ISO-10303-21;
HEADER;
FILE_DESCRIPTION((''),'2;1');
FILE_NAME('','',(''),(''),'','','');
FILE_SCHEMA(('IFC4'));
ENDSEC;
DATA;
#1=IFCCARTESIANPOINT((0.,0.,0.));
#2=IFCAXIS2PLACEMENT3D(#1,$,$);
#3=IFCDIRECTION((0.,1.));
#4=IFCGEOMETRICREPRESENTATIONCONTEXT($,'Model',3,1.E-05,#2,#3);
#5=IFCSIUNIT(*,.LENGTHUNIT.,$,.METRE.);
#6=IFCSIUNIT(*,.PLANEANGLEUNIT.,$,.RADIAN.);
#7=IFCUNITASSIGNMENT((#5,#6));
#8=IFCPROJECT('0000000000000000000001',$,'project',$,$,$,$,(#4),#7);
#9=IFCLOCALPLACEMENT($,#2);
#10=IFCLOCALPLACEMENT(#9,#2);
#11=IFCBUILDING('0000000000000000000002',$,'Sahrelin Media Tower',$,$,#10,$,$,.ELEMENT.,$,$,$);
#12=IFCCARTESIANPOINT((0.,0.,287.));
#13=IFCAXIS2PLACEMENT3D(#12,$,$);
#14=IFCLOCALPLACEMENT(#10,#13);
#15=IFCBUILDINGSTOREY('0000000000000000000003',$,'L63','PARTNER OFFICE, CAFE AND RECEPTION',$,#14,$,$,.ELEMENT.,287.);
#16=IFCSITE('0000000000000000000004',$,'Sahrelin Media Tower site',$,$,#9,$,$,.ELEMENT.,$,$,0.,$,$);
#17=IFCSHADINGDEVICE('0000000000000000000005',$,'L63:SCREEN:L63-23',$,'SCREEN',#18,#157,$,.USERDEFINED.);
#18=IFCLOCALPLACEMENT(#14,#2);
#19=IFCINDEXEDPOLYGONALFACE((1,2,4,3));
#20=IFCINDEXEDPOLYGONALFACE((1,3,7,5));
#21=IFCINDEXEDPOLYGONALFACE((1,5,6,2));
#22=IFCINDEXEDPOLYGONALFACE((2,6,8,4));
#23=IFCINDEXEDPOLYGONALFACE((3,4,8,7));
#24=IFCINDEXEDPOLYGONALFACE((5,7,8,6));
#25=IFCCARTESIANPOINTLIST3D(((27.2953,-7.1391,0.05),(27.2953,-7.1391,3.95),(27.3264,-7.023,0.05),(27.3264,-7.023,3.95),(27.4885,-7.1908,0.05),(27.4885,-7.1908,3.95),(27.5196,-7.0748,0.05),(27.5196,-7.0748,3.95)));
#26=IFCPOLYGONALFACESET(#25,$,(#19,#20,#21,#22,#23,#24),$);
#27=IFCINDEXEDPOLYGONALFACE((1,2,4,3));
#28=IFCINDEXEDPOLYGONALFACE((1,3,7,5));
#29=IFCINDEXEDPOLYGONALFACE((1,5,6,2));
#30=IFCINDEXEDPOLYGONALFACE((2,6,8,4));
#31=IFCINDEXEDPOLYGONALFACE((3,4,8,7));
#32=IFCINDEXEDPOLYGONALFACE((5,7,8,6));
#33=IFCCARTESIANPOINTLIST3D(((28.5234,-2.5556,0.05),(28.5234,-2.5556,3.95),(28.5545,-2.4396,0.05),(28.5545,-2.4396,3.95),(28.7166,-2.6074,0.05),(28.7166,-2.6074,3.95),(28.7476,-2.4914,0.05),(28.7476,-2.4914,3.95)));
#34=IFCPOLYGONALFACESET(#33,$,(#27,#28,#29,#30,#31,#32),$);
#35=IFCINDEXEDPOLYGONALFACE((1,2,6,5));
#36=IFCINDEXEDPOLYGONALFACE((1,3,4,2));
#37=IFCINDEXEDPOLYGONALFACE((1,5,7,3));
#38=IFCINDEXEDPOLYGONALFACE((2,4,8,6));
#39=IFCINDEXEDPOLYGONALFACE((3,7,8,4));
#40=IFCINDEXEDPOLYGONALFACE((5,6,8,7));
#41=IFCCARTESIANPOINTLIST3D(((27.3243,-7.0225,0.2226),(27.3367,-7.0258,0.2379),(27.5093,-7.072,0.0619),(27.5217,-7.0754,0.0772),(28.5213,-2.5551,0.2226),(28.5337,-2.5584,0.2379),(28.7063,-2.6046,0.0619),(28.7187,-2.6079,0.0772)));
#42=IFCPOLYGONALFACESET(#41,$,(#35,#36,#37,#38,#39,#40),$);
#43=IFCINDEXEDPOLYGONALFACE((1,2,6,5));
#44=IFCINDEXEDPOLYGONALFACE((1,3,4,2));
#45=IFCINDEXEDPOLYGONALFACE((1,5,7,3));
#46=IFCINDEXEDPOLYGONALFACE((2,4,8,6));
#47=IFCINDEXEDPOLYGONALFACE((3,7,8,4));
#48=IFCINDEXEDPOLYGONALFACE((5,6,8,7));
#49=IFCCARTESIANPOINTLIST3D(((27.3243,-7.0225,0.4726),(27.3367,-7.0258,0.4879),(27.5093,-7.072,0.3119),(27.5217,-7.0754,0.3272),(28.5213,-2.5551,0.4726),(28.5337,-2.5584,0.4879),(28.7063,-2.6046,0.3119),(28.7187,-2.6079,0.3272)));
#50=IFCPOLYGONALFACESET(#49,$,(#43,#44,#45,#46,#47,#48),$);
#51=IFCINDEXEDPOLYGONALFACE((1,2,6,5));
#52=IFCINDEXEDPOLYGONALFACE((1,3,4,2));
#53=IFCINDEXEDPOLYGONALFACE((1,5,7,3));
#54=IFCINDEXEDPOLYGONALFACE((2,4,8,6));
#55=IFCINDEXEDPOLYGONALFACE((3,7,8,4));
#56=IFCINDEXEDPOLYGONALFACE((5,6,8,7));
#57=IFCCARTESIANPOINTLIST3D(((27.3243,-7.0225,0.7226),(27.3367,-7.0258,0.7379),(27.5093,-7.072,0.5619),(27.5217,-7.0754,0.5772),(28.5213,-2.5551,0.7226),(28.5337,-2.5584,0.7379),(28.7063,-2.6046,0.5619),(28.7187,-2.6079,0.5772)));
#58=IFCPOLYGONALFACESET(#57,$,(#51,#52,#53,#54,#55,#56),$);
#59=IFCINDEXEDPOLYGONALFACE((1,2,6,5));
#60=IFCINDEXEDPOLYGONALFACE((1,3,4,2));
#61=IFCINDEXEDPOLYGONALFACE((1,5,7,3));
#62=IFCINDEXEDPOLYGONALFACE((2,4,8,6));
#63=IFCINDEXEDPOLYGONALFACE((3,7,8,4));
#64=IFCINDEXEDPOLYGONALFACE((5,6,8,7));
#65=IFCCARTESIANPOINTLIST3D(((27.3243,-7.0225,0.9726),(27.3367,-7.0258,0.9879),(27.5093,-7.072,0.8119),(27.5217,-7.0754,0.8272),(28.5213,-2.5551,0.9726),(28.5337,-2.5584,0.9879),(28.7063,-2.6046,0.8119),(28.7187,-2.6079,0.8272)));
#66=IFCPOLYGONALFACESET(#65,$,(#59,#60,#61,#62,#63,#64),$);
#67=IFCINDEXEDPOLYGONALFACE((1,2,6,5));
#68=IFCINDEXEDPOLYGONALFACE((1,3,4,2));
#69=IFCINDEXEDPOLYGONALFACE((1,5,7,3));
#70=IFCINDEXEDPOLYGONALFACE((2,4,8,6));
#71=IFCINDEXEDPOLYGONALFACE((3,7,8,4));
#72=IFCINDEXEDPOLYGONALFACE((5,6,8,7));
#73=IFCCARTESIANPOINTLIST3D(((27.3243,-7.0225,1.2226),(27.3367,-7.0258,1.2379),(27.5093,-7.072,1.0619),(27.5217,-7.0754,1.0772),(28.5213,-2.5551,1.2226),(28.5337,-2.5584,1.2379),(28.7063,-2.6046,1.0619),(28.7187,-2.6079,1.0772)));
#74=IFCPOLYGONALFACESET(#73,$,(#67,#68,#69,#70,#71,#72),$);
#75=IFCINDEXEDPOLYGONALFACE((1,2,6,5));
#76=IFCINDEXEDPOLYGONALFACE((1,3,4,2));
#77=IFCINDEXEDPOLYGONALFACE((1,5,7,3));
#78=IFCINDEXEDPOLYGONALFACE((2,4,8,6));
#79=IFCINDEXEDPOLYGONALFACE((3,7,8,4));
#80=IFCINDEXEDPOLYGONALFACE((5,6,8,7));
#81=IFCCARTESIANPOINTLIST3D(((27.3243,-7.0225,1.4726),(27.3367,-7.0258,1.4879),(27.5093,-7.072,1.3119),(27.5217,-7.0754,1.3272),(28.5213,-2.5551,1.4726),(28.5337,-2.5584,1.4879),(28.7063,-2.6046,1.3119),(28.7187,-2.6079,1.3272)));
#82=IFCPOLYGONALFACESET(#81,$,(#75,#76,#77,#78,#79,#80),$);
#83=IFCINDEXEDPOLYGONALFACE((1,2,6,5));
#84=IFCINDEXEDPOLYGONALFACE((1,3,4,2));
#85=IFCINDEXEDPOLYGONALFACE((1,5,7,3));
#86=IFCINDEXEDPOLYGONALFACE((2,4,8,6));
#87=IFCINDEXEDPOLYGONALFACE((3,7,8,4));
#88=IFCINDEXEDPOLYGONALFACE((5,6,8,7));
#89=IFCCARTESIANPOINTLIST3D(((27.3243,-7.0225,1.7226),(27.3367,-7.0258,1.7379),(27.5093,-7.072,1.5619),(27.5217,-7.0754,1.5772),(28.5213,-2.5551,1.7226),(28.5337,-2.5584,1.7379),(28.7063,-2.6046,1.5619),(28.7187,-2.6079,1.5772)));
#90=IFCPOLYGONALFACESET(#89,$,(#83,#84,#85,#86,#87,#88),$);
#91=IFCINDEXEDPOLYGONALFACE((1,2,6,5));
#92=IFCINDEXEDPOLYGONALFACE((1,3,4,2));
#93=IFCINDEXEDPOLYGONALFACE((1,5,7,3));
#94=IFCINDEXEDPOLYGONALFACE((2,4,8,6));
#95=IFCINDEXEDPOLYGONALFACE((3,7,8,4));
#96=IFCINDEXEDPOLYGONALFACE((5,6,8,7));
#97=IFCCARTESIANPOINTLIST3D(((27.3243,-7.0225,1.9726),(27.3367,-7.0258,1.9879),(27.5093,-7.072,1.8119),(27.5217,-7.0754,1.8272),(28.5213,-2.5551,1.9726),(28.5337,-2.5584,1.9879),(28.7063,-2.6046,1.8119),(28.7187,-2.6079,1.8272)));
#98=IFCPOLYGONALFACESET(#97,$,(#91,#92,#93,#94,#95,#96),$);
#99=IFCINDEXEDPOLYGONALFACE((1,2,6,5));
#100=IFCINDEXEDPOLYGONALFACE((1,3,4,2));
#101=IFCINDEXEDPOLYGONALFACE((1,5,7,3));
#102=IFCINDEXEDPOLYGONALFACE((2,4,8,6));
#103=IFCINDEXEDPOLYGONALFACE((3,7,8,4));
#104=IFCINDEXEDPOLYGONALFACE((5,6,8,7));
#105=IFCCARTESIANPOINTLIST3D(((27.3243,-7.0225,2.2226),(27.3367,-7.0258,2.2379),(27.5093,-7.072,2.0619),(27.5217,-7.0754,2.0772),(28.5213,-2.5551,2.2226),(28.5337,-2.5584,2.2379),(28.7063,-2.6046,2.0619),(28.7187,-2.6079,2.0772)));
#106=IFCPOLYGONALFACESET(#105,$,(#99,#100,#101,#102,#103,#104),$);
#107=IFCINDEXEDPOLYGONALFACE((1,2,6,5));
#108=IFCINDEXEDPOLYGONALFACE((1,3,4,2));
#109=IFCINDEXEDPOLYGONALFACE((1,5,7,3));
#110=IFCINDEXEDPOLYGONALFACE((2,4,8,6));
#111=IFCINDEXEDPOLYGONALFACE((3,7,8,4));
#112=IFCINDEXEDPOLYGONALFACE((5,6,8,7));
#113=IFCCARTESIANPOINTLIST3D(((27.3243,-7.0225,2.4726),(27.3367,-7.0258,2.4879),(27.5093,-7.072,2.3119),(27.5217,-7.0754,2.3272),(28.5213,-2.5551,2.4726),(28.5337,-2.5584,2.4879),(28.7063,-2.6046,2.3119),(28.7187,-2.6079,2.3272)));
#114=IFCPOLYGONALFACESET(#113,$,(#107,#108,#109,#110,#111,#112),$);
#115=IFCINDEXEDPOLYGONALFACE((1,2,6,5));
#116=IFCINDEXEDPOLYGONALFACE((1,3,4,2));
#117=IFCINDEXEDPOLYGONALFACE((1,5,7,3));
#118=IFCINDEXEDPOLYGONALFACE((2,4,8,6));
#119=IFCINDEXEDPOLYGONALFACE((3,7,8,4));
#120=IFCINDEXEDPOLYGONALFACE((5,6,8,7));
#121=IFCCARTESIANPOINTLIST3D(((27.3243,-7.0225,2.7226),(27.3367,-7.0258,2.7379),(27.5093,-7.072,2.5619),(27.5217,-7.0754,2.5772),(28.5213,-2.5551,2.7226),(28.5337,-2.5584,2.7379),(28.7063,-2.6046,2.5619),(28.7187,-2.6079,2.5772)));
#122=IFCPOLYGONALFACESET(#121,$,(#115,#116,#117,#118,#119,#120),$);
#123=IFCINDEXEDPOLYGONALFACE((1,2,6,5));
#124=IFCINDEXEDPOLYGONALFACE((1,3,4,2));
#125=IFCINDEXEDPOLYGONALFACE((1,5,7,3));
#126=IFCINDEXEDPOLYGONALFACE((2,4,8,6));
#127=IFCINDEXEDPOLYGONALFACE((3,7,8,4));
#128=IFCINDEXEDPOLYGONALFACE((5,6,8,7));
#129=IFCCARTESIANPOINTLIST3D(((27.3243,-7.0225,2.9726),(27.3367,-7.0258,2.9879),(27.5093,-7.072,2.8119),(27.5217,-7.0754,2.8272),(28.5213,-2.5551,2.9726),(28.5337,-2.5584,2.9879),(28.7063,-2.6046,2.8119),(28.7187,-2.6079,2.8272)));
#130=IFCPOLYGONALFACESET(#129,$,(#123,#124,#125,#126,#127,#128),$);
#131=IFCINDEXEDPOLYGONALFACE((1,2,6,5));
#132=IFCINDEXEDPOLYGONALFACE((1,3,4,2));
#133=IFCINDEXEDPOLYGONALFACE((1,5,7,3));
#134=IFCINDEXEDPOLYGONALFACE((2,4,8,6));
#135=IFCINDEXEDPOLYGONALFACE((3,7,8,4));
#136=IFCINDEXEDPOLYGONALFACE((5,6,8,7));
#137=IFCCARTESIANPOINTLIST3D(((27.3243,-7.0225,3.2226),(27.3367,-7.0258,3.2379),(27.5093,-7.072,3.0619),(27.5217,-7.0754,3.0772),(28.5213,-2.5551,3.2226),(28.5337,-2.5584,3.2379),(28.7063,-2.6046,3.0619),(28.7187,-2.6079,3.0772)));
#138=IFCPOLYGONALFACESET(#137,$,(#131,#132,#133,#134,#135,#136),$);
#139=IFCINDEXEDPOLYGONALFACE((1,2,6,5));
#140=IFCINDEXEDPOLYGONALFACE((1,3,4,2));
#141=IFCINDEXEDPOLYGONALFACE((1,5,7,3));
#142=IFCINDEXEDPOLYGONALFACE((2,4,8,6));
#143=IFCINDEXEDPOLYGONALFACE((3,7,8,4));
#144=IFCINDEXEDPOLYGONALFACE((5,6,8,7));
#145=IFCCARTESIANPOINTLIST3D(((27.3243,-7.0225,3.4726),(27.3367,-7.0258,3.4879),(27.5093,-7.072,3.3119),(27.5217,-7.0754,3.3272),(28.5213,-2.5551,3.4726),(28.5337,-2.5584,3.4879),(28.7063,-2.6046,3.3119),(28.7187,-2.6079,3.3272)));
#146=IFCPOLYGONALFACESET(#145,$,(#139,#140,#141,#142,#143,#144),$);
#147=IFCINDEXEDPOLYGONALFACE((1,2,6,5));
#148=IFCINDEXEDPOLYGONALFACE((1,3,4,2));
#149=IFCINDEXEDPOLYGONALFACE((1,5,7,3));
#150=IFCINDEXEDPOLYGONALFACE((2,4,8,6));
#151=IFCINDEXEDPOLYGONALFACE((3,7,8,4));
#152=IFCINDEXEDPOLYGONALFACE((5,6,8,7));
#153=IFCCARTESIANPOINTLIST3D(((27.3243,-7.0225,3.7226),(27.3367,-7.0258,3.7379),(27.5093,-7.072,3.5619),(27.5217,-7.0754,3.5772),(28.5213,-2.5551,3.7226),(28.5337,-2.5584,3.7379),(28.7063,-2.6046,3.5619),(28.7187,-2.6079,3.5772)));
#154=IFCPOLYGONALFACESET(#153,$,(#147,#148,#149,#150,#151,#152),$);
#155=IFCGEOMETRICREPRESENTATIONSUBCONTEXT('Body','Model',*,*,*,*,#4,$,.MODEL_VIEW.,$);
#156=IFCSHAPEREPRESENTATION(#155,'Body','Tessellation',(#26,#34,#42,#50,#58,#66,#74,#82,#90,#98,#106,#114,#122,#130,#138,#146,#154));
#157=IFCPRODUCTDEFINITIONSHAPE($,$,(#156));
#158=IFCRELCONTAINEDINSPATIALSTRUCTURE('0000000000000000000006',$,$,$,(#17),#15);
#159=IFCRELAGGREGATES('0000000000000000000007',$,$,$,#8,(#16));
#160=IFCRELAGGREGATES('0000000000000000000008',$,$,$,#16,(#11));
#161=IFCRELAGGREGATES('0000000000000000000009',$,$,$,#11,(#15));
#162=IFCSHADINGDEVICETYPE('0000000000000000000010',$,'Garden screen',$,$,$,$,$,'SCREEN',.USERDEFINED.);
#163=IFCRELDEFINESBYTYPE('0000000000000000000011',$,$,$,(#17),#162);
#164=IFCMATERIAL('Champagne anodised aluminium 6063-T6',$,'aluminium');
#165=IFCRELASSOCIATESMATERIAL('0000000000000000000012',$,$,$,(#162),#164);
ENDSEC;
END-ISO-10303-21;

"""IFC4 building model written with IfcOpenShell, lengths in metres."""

from ifc_helpers import new_model, si_unit, direction, frame, origin, origin_2d, place, context, subcontext, project, spatial, rectangle, extrude, material, type_object, element, save


model = new_model("IFC4")

# Units and contexts
model_context = context("Model", 3, precision=1e-05, world=origin(), true_north=direction((0.0, 1.0)))
body_context = subcontext(model_context, "Body", "Model", "MODEL_VIEW")
ifc_project = project(units=[si_unit("LENGTHUNIT", "METRE"), si_unit("PLANEANGLEUNIT", "RADIAN")], contexts=[model_context])

# Site, building, storey
site_placement = place(None, origin())
site = spatial("IfcSite", under=ifc_project, at=site_placement, Name="Sahrelin Media Tower site", CompositionType="ELEMENT", RefElevation=0.0)
building_placement = place(site_placement, origin())
building = spatial("IfcBuilding", under=site, at=building_placement, Name="Sahrelin Media Tower", CompositionType="ELEMENT")
storey_placement = place(building_placement, frame((0.0, 0.0, 287.0)))
storey = spatial("IfcBuildingStorey", under=building, at=storey_placement, Name="L63", Description="PARTNER OFFICE, CAFE AND RECEPTION", CompositionType="ELEMENT", Elevation=287.0)

# Shading device
ifc_material_1 = material(Name="Champagne anodised aluminium 6063-T6", Category="aluminium")
shading_device_type = type_object("IfcShadingDeviceType", Name="Garden screen", ElementType="SCREEN", PredefinedType="USERDEFINED", material=ifc_material_1)
shading_device_1_placement = place(storey_placement, frame((27.9248, -4.7893, 0.0), z_axis=(0.0, 0.0, 1.0), x_axis=(-0.258808, -0.965929, 0.0)))
element("IfcShadingDevice", 1, at=shading_device_1_placement, inside=storey, type_object=shading_device_type, Name="L63:SCREEN:L63-23", ObjectType="SCREEN", PredefinedType="USERDEFINED", context=body_context, shape_type="SweptSolid", body=[
    extrude(rectangle(XDim=0.1201, YDim=0.2, at=origin_2d()), frame((2.3726, 0.1001, 0.05), z_axis=(0.0, 0.0, 1.0), x_axis=(1.0, 0.0, 0.0)), (0.0, 0.0, 1.0), 3.8999),
    extrude(rectangle(XDim=0.1201, YDim=0.2, at=origin_2d()), frame((-2.3726, 0.1001, 0.05), z_axis=(0.0, 0.0, 1.0), x_axis=(1.0, 0.0, 0.0)), (0.0, 0.0, 1.0), 3.8999),
    extrude(rectangle(XDim=0.25, YDim=0.02, at=origin_2d()), frame((2.3125, 0.1001, 0.1499), z_axis=(-1.0, 0.0, 0.0), x_axis=(0.0, -0.766044, 0.642788)), (0.0, 0.0, 1.0), 4.625),
    extrude(rectangle(XDim=0.25, YDim=0.02, at=origin_2d()), frame((2.3125, 0.1001, 0.3999), z_axis=(-1.0, 0.0, 0.0), x_axis=(0.0, -0.766044, 0.642788)), (0.0, 0.0, 1.0), 4.625),
    extrude(rectangle(XDim=0.25, YDim=0.02, at=origin_2d()), frame((2.3125, 0.1001, 0.6499), z_axis=(-1.0, 0.0, 0.0), x_axis=(0.0, -0.766044, 0.642788)), (0.0, 0.0, 1.0), 4.625),
    extrude(rectangle(XDim=0.25, YDim=0.02, at=origin_2d()), frame((2.3125, 0.1001, 0.8999), z_axis=(-1.0, 0.0, 0.0), x_axis=(0.0, -0.766044, 0.642788)), (0.0, 0.0, 1.0), 4.625),
    extrude(rectangle(XDim=0.25, YDim=0.02, at=origin_2d()), frame((2.3125, 0.1001, 1.1499), z_axis=(-1.0, 0.0, 0.0), x_axis=(0.0, -0.766044, 0.642788)), (0.0, 0.0, 1.0), 4.625),
    extrude(rectangle(XDim=0.25, YDim=0.02, at=origin_2d()), frame((2.3125, 0.1001, 1.3999), z_axis=(-1.0, 0.0, 0.0), x_axis=(0.0, -0.766044, 0.642788)), (0.0, 0.0, 1.0), 4.625),
    extrude(rectangle(XDim=0.25, YDim=0.02, at=origin_2d()), frame((2.3125, 0.1001, 1.6499), z_axis=(-1.0, 0.0, 0.0), x_axis=(0.0, -0.766044, 0.642788)), (0.0, 0.0, 1.0), 4.625),
    extrude(rectangle(XDim=0.25, YDim=0.02, at=origin_2d()), frame((2.3125, 0.1001, 1.8999), z_axis=(-1.0, 0.0, 0.0), x_axis=(0.0, -0.766044, 0.642788)), (0.0, 0.0, 1.0), 4.625),
    extrude(rectangle(XDim=0.25, YDim=0.02, at=origin_2d()), frame((2.3125, 0.1001, 2.1499), z_axis=(-1.0, 0.0, 0.0), x_axis=(0.0, -0.766044, 0.642788)), (0.0, 0.0, 1.0), 4.625),
    extrude(rectangle(XDim=0.25, YDim=0.02, at=origin_2d()), frame((2.3125, 0.1001, 2.3999), z_axis=(-1.0, 0.0, 0.0), x_axis=(0.0, -0.766044, 0.642788)), (0.0, 0.0, 1.0), 4.625),
    extrude(rectangle(XDim=0.25, YDim=0.02, at=origin_2d()), frame((2.3125, 0.1001, 2.6499), z_axis=(-1.0, 0.0, 0.0), x_axis=(0.0, -0.766044, 0.642788)), (0.0, 0.0, 1.0), 4.625),
    extrude(rectangle(XDim=0.25, YDim=0.02, at=origin_2d()), frame((2.3125, 0.1001, 2.8999), z_axis=(-1.0, 0.0, 0.0), x_axis=(0.0, -0.766044, 0.642788)), (0.0, 0.0, 1.0), 4.625),
    extrude(rectangle(XDim=0.25, YDim=0.02, at=origin_2d()), frame((2.3125, 0.1001, 3.1499), z_axis=(-1.0, 0.0, 0.0), x_axis=(0.0, -0.766044, 0.642788)), (0.0, 0.0, 1.0), 4.625),
    extrude(rectangle(XDim=0.25, YDim=0.02, at=origin_2d()), frame((2.3125, 0.1001, 3.3999), z_axis=(-1.0, 0.0, 0.0), x_axis=(0.0, -0.766044, 0.642788)), (0.0, 0.0, 1.0), 4.625),
    extrude(rectangle(XDim=0.25, YDim=0.02, at=origin_2d()), frame((2.3125, 0.1001, 3.6499), z_axis=(-1.0, 0.0, 0.0), x_axis=(0.0, -0.766044, 0.642788)), (0.0, 0.0, 1.0), 4.625),
])

save(model, "model.ifc")
